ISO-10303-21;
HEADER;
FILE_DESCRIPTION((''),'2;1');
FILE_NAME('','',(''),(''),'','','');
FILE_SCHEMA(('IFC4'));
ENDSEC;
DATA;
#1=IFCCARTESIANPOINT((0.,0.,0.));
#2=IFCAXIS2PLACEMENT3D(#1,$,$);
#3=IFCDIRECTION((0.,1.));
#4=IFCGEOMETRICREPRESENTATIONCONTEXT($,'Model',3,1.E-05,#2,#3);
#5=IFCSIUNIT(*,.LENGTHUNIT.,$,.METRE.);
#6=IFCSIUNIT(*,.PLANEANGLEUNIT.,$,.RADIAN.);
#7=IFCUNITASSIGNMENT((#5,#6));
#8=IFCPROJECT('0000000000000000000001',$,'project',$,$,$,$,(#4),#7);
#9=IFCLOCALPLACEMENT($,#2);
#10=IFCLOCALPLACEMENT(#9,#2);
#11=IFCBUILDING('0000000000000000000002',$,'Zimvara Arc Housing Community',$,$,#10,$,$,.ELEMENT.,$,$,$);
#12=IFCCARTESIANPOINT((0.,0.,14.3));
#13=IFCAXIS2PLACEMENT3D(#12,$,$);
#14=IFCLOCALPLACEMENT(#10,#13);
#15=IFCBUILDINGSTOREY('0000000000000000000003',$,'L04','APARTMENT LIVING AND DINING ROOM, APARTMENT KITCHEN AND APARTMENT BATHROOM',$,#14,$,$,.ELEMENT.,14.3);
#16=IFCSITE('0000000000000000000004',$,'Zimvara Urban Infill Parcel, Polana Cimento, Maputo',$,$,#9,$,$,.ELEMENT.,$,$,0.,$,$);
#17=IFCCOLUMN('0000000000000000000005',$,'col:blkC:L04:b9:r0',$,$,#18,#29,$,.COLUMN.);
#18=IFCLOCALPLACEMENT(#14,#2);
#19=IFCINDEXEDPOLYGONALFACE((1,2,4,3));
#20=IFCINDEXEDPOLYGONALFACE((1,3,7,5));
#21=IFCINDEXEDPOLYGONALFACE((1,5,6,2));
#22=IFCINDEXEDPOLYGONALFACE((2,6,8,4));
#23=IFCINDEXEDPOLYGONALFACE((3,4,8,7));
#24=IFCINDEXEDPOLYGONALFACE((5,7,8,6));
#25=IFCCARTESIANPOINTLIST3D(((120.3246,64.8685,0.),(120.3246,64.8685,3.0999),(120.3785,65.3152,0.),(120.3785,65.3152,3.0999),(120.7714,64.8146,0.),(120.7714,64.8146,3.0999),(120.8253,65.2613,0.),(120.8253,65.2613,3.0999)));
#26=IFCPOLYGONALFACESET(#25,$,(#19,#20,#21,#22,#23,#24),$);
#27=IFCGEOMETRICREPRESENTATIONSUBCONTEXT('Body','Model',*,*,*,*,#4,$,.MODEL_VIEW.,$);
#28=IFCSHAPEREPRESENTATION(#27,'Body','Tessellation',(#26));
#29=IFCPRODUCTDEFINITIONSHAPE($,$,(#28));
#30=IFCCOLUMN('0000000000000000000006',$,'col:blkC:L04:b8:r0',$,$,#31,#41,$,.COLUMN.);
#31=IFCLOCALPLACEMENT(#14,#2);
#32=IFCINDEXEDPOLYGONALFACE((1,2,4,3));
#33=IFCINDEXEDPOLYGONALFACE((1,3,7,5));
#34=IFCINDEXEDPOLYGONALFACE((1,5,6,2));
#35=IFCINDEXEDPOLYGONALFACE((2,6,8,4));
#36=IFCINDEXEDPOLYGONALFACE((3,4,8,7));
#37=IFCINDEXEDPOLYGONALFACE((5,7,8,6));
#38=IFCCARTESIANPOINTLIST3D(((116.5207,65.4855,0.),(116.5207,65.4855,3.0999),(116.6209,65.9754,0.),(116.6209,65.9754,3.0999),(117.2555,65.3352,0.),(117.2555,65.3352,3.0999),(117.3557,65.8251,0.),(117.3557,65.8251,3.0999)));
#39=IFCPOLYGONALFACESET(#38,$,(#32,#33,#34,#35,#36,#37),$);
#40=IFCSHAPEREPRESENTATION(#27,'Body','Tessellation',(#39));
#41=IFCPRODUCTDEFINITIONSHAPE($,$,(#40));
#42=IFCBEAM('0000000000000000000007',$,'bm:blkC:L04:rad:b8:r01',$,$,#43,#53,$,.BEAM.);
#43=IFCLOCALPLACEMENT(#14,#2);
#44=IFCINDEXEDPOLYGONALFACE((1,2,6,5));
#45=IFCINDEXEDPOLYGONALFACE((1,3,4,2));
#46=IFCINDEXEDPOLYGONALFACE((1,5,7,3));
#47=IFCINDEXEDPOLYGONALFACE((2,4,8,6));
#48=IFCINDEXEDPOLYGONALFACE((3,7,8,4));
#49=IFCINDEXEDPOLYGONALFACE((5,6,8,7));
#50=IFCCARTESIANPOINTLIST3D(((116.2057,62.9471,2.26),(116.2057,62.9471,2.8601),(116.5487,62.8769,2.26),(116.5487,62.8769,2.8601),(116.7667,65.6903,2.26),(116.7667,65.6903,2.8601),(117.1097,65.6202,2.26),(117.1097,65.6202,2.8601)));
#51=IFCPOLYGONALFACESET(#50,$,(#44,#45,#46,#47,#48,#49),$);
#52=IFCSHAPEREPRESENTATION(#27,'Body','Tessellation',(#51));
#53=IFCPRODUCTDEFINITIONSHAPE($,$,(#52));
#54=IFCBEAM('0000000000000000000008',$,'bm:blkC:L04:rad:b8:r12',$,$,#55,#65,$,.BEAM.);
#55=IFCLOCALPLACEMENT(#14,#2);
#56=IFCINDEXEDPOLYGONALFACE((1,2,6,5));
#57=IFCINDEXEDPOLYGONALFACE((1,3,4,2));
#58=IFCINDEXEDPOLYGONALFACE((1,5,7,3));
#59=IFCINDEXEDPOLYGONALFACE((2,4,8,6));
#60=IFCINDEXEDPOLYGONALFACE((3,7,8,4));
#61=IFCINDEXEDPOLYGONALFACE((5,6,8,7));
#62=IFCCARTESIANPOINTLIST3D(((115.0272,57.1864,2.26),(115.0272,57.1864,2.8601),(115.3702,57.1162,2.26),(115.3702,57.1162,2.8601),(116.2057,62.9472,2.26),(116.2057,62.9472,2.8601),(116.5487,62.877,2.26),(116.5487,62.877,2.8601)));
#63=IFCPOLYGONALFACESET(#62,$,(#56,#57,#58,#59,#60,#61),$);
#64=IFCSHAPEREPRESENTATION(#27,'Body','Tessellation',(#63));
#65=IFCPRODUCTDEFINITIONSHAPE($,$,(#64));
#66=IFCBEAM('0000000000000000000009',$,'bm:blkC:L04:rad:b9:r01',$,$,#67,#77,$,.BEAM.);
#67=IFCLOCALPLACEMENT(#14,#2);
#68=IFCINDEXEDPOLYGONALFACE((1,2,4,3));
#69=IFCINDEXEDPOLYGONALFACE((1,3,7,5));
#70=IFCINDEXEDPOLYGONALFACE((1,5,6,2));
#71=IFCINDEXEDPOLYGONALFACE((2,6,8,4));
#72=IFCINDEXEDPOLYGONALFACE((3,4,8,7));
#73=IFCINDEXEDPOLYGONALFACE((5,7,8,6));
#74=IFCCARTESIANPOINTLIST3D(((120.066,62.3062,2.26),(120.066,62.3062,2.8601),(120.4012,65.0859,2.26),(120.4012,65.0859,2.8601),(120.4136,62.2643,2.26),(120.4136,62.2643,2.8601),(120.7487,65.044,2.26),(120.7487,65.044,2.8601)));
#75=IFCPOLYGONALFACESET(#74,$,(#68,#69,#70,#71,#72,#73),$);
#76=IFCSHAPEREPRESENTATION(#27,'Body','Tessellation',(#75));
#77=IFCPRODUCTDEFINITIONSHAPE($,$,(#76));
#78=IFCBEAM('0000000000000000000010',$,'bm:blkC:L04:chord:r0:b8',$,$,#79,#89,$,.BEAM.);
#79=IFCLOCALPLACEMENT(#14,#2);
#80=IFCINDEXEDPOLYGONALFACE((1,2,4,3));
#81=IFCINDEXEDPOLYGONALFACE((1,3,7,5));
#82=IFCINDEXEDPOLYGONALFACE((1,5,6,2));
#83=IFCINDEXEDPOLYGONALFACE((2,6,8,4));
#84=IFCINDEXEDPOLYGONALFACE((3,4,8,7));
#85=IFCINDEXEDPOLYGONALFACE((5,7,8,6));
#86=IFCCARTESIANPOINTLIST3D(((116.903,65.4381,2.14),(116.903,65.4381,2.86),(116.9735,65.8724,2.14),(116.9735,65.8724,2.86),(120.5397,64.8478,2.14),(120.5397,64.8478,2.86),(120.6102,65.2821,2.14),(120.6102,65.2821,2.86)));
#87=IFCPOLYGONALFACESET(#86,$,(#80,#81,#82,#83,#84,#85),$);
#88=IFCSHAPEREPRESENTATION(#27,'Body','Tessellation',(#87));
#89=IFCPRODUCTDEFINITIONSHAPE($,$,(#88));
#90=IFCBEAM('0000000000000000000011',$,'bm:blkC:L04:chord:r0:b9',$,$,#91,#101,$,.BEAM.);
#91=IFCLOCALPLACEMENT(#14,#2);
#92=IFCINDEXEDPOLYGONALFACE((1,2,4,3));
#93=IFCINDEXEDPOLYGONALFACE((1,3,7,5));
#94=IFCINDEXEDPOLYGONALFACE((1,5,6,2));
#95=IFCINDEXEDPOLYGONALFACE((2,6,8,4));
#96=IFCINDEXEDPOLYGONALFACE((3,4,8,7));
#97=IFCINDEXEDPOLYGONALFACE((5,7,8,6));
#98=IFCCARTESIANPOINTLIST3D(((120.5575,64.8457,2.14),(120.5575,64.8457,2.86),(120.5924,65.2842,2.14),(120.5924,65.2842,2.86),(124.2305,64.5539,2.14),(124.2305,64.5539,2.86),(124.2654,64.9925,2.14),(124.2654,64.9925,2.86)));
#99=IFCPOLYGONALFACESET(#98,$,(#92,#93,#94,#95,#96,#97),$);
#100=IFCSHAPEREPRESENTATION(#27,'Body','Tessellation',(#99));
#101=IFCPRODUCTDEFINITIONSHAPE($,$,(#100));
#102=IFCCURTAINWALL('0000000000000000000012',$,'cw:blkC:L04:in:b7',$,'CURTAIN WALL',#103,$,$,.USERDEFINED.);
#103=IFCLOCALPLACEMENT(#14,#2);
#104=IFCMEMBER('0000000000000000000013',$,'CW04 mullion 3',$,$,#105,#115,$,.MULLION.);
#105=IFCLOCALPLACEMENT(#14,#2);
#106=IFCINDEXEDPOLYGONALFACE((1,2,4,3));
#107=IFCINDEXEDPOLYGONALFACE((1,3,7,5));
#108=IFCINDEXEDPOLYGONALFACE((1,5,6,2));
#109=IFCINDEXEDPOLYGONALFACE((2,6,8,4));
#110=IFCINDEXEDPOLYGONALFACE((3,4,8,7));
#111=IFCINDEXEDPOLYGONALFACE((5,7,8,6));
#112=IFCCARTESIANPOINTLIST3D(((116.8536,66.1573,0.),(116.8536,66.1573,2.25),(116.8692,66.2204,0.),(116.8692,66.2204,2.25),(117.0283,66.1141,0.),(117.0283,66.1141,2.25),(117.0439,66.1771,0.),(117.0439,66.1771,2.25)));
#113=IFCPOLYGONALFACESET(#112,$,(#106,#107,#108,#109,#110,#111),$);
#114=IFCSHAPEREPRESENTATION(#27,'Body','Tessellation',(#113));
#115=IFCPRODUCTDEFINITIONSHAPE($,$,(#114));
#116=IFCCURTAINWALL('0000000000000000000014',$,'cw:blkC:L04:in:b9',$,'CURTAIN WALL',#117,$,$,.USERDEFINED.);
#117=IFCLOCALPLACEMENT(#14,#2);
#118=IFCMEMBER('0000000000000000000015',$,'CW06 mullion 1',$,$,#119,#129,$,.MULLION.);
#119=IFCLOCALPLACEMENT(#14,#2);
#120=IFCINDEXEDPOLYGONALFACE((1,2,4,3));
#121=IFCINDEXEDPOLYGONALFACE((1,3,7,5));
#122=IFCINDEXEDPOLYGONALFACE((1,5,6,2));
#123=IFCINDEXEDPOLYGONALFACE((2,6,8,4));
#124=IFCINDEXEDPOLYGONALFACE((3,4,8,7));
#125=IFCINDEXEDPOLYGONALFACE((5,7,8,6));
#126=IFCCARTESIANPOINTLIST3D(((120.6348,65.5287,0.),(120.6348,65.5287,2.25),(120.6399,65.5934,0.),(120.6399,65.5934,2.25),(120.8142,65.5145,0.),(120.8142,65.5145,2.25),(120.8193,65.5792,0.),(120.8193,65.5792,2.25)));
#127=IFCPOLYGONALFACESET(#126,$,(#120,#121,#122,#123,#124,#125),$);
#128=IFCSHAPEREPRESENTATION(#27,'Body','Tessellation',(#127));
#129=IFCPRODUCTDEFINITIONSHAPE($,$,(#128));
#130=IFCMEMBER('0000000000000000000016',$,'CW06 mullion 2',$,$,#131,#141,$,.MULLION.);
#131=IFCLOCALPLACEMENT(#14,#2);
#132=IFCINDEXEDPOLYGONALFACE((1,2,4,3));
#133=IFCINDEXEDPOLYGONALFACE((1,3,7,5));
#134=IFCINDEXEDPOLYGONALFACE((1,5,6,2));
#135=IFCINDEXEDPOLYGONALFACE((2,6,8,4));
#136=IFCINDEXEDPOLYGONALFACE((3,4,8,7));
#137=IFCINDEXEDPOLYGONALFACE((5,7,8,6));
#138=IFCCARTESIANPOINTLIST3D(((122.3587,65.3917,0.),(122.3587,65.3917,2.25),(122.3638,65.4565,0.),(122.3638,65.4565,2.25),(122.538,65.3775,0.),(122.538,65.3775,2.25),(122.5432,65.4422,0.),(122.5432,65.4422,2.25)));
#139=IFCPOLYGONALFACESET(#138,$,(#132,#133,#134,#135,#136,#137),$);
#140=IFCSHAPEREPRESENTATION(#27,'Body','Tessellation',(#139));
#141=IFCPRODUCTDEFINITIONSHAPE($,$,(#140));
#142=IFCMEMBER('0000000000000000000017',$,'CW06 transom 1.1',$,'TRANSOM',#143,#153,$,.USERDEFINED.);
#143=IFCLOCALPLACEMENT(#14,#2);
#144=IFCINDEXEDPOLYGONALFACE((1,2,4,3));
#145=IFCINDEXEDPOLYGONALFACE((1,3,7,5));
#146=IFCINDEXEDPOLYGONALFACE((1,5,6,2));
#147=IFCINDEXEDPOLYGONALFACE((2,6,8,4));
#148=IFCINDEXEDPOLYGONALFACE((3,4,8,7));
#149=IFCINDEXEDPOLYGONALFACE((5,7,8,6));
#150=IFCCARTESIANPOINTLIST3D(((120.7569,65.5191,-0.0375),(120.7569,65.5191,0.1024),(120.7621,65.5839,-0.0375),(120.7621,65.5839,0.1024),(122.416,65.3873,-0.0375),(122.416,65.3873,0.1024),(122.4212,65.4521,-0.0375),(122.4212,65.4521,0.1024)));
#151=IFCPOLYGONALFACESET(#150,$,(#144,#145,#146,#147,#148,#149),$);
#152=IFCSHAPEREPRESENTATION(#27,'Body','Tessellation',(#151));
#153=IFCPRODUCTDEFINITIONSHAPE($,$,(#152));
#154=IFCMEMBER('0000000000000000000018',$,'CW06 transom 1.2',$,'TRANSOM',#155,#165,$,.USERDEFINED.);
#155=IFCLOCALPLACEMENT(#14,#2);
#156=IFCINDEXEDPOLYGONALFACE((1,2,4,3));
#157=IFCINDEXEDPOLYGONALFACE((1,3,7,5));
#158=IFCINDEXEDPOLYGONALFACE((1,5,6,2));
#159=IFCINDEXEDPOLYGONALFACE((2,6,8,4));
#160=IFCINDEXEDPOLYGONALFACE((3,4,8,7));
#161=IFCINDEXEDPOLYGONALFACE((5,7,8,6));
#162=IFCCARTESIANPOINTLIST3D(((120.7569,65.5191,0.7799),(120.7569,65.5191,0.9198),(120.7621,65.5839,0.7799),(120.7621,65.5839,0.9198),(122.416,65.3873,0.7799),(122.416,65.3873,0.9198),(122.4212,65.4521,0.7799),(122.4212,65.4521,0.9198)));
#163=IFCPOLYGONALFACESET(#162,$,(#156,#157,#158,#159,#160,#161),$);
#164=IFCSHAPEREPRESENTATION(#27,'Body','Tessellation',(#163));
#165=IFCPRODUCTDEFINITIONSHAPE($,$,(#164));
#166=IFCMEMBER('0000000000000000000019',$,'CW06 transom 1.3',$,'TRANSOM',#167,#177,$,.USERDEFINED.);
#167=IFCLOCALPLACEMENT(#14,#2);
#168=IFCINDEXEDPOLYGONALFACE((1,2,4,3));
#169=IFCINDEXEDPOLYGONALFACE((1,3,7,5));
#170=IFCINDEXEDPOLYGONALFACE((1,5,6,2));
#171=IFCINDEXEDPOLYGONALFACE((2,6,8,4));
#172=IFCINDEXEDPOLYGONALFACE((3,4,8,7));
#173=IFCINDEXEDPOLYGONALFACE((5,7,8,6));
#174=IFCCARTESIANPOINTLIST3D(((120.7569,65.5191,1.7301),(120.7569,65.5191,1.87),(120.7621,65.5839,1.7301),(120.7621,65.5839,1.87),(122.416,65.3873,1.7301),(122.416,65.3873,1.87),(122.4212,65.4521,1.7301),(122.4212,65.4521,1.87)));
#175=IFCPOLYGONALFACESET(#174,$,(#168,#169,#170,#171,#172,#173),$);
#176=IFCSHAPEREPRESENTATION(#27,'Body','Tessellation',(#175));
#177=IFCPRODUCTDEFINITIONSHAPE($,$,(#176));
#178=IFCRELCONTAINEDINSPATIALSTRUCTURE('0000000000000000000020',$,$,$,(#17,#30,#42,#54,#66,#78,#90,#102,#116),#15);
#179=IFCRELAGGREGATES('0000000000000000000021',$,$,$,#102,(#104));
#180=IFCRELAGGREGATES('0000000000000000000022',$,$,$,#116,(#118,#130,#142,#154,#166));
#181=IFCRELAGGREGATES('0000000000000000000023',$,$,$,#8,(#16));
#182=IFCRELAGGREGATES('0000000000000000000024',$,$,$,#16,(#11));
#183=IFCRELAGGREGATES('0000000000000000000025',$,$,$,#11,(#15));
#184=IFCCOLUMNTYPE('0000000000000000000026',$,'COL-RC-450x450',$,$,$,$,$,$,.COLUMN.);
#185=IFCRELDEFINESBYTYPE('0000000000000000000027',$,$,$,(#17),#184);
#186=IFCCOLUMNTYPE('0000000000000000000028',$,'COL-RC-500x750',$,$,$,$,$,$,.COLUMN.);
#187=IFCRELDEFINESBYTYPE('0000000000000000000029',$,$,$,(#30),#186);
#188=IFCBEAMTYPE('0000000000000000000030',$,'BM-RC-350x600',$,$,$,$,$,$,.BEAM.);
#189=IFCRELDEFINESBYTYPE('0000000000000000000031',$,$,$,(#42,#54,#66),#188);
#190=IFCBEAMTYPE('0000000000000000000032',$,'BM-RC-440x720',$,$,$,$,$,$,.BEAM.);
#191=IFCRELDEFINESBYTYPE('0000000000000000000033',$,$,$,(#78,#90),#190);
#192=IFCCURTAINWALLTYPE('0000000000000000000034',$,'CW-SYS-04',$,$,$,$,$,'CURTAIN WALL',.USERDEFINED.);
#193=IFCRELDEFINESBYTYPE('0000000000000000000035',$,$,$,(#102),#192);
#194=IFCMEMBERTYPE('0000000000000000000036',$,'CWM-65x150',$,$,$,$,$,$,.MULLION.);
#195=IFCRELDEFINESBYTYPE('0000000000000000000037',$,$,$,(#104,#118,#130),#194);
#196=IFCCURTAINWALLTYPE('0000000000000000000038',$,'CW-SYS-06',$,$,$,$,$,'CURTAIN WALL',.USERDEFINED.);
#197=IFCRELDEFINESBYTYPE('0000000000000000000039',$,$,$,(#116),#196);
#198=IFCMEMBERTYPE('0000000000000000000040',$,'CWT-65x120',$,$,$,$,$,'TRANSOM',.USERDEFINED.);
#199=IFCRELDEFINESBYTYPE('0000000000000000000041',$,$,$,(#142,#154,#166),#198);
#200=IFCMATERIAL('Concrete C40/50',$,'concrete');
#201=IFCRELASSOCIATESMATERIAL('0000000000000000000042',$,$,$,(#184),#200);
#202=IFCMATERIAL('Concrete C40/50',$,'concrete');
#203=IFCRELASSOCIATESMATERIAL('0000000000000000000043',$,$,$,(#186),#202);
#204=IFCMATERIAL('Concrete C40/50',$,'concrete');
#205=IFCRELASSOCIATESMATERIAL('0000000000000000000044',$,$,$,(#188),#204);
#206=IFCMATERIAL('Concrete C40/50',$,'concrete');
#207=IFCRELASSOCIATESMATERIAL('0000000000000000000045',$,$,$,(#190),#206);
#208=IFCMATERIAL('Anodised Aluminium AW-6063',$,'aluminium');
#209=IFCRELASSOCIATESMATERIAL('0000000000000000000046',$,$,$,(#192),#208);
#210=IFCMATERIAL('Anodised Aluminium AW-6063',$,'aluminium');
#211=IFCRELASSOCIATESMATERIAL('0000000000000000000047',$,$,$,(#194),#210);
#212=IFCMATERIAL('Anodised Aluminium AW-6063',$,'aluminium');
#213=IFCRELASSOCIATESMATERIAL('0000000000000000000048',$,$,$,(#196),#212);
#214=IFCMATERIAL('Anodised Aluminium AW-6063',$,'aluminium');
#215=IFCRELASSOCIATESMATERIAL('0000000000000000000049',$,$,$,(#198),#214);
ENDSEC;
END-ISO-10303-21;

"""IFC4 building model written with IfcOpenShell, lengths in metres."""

from ifc_helpers import new_model, si_unit, direction, frame, origin, origin_2d, place, context, subcontext, project, spatial, rectangle, extrude, material, material_profile, profile_set, type_object, element, aggregate, save


model = new_model("IFC4")

# Units and contexts
model_context = context("Model", 3, precision=1e-05, world=origin(), true_north=direction((0.0, 1.0)))
body_context = subcontext(model_context, "Body", "Model", "MODEL_VIEW")
ifc_project = project(units=[si_unit("LENGTHUNIT", "METRE"), si_unit("PLANEANGLEUNIT", "RADIAN")], contexts=[model_context])

# Site, building, storey
site_placement = place(None, origin())
site = spatial("IfcSite", under=ifc_project, at=site_placement, Name="Zimvara Urban Infill Parcel, Polana Cimento, Maputo", CompositionType="ELEMENT", RefElevation=0.0)
building_placement = place(site_placement, origin())
building = spatial("IfcBuilding", under=site, at=building_placement, Name="Zimvara Arc Housing Community", CompositionType="ELEMENT")
storey_placement = place(building_placement, frame((0.0, 0.0, 14.3)))
storey = spatial("IfcBuildingStorey", under=building, at=storey_placement, Name="L04", Description="APARTMENT LIVING AND DINING ROOM, APARTMENT KITCHEN AND APARTMENT BATHROOM", CompositionType="ELEMENT", Elevation=14.3)

# Columns
ifc_material_1 = material(Name="Concrete C40/50", Category="concrete")
ifc_material_profile_1 = material_profile(ifc_material_1, rectangle(XDim=0.45, YDim=0.45, at=origin_2d()), Name="RC 450x450")
ifc_profile_set_1 = profile_set([ifc_material_profile_1], Name="Concrete C40/50")
column_type_1 = type_object("IfcColumnType", Name="COL-RC-450x450", PredefinedType="COLUMN", material=ifc_profile_set_1)
column_1_placement = place(storey_placement, frame((120.575, 65.0649, 0.0), z_axis=(0.0, 0.0, 1.0), x_axis=(-0.11979, -0.992799, 0.0)))
element("IfcColumn", 1, at=column_1_placement, inside=storey, type_object=column_type_1, Name="col:blkC:L04:b9:r0", PredefinedType="COLUMN", context=body_context, shape_type="SweptSolid", body=[
    extrude(rectangle(XDim=0.45, YDim=0.45, at=origin_2d()), origin(), (0.0, 0.0, 1.0), 3.0999),
])
ifc_material_2 = material(Name="Concrete C40/50", Category="concrete")
ifc_material_profile_2 = material_profile(ifc_material_2, rectangle(XDim=0.5, YDim=0.75, at=origin_2d()), Name="RC 500x750")
ifc_profile_set_2 = profile_set([ifc_material_profile_2], Name="Concrete C40/50")
column_type_2 = type_object("IfcColumnType", Name="COL-RC-500x750", PredefinedType="COLUMN", material=ifc_profile_set_2)
column_2_placement = place(storey_placement, frame((116.9382, 65.6553, 0.0), z_axis=(0.0, 0.0, 1.0), x_axis=(-0.200394, -0.979715, 0.0)))
element("IfcColumn", 2, at=column_2_placement, inside=storey, type_object=column_type_2, Name="col:blkC:L04:b8:r0", PredefinedType="COLUMN", context=body_context, shape_type="SweptSolid", body=[
    extrude(rectangle(XDim=0.5, YDim=0.75, at=origin_2d()), origin(), (0.0, 0.0, 1.0), 3.0999),
])

# Beams
ifc_material_3 = material(Name="Concrete C40/50", Category="concrete")
ifc_material_profile_3 = material_profile(ifc_material_3, rectangle(XDim=0.3501, YDim=0.6001, at=origin_2d()), Name="RC 350x600")
ifc_profile_set_3 = profile_set([ifc_material_profile_3], Name="Concrete C40/50")
beam_type_1 = type_object("IfcBeamType", Name="BM-RC-350x600", PredefinedType="BEAM", material=ifc_profile_set_3)
beam_1_placement = place(storey_placement, frame((116.9382, 65.6553, 2.5601), z_axis=(-0.200373, -0.97972, 0.0), x_axis=(0.97972, -0.200373, 0.0)))
element("IfcBeam", 3, at=beam_1_placement, inside=storey, type_object=beam_type_1, Name="bm:blkC:L04:rad:b8:r01", PredefinedType="BEAM", context=body_context, shape_type="SweptSolid", body=[
    extrude(rectangle(XDim=0.3501, YDim=0.6001, at=origin_2d()), origin(), (0.0, 0.0, 1.0), 2.8),
])
beam_2_placement = place(storey_placement, frame((116.3772, 62.9121, 2.5601), z_axis=(-0.200418, -0.97971, 0.0), x_axis=(0.97971, -0.200418, 0.0)))
element("IfcBeam", 4, at=beam_2_placement, inside=storey, type_object=beam_type_1, Name="bm:blkC:L04:rad:b8:r12", PredefinedType="BEAM", context=body_context, shape_type="SweptSolid", body=[
    extrude(rectangle(XDim=0.3501, YDim=0.6001, at=origin_2d()), origin(), (0.0, 0.0, 1.0), 5.8801),
])
beam_3_placement = place(storey_placement, frame((120.575, 65.0649, 2.5601), z_axis=(-0.119719, -0.992808, 0.0), x_axis=(0.992808, -0.119719, 0.0)))
element("IfcBeam", 5, at=beam_3_placement, inside=storey, type_object=beam_type_1, Name="bm:blkC:L04:rad:b9:r01", PredefinedType="BEAM", context=body_context, shape_type="SweptSolid", body=[
    extrude(rectangle(XDim=0.3501, YDim=0.6001, at=origin_2d()), origin(), (0.0, 0.0, 1.0), 2.7998),
])
ifc_material_4 = material(Name="Concrete C40/50", Category="concrete")
ifc_material_profile_4 = material_profile(ifc_material_4, rectangle(XDim=0.4399, YDim=0.72, at=origin_2d()), Name="RC 440x720")
ifc_profile_set_4 = profile_set([ifc_material_profile_4], Name="Concrete C40/50")
beam_type_2 = type_object("IfcBeamType", Name="BM-RC-440x720", PredefinedType="BEAM", material=ifc_profile_set_4)
beam_4_placement = place(storey_placement, frame((116.9382, 65.6553, 2.5), z_axis=(0.98708, -0.160228, 0.0), x_axis=(0.160228, 0.98708, 0.0)))
element("IfcBeam", 6, at=beam_4_placement, inside=storey, type_object=beam_type_2, Name="bm:blkC:L04:chord:r0:b8", PredefinedType="BEAM", context=body_context, shape_type="SweptSolid", body=[
    extrude(rectangle(XDim=0.4399, YDim=0.72, at=origin_2d()), origin(), (0.0, 0.0, 1.0), 3.6843),
])
beam_5_placement = place(storey_placement, frame((120.575, 65.0649, 2.5), z_axis=(0.99686, -0.079179, 0.0), x_axis=(0.079179, 0.99686, 0.0)))
element("IfcBeam", 7, at=beam_5_placement, inside=storey, type_object=beam_type_2, Name="bm:blkC:L04:chord:r0:b9", PredefinedType="BEAM", context=body_context, shape_type="SweptSolid", body=[
    extrude(rectangle(XDim=0.4399, YDim=0.72, at=origin_2d()), origin(), (0.0, 0.0, 1.0), 3.6846),
])

# Curtain wall, member
ifc_material_5 = material(Name="Anodised Aluminium AW-6063", Category="aluminium")
curtain_wall_type_1 = type_object("IfcCurtainWallType", Name="CW-SYS-04", ElementType="CURTAIN WALL", PredefinedType="USERDEFINED", material=ifc_material_5)
curtain_wall_1_placement = place(storey_placement, origin())
curtain_wall_1 = element("IfcCurtainWall", 8, at=curtain_wall_1_placement, inside=storey, type_object=curtain_wall_type_1, Name="cw:blkC:L04:in:b7", ObjectType="CURTAIN WALL", PredefinedType="USERDEFINED")
ifc_material_6 = material(Name="Anodised Aluminium AW-6063", Category="aluminium")
ifc_material_profile_5 = material_profile(ifc_material_6, rectangle(XDim=0.0649, YDim=0.1799, at=origin_2d()), Name="ALU 65x180")
ifc_profile_set_5 = profile_set([ifc_material_profile_5], Name="Anodised Aluminium AW-6063")
member_type_1 = type_object("IfcMemberType", Name="CWM-65x150", PredefinedType="MULLION", material=ifc_profile_set_5)
member_1_placement = place(storey_placement, frame((116.9487, 66.1672, 0.0), z_axis=(0.0, 0.0, 1.0), x_axis=(0.240228, 0.970717, 0.0)))
member_1 = element("IfcMember", 9, at=member_1_placement, type_object=member_type_1, Name="CW04 mullion 3", PredefinedType="MULLION", context=body_context, shape_type="SweptSolid", body=[
    extrude(rectangle(XDim=0.0649, YDim=0.1799, at=origin_2d()), origin(), (0.0, 0.0, 1.0), 2.25),
])

# Curtain wall, members
ifc_material_7 = material(Name="Anodised Aluminium AW-6063", Category="aluminium")
curtain_wall_type_2 = type_object("IfcCurtainWallType", Name="CW-SYS-06", ElementType="CURTAIN WALL", PredefinedType="USERDEFINED", material=ifc_material_7)
curtain_wall_2_placement = place(storey_placement, origin())
curtain_wall_2 = element("IfcCurtainWall", 10, at=curtain_wall_2_placement, inside=storey, type_object=curtain_wall_type_2, Name="cw:blkC:L04:in:b9", ObjectType="CURTAIN WALL", PredefinedType="USERDEFINED")
member_2_placement = place(storey_placement, frame((120.7271, 65.554, 0.0), z_axis=(0.0, 0.0, 1.0), x_axis=(0.079155, 0.996862, 0.0)))
member_2 = element("IfcMember", 11, at=member_2_placement, type_object=member_type_1, Name="CW06 mullion 1", PredefinedType="MULLION", context=body_context, shape_type="SweptSolid", body=[
    extrude(rectangle(XDim=0.0649, YDim=0.1799, at=origin_2d()), origin(), (0.0, 0.0, 1.0), 2.25),
])
member_3_placement = place(storey_placement, frame((122.4509, 65.417, 0.0), z_axis=(0.0, 0.0, 1.0), x_axis=(0.079155, 0.996862, 0.0)))
member_3 = element("IfcMember", 12, at=member_3_placement, type_object=member_type_1, Name="CW06 mullion 2", PredefinedType="MULLION", context=body_context, shape_type="SweptSolid", body=[
    extrude(rectangle(XDim=0.0649, YDim=0.1799, at=origin_2d()), origin(), (0.0, 0.0, 1.0), 2.25),
])
ifc_material_8 = material(Name="Anodised Aluminium AW-6063", Category="aluminium")
ifc_material_profile_6 = material_profile(ifc_material_8, rectangle(XDim=0.0649, YDim=0.1399, at=origin_2d()), Name="ALU 65x140")
ifc_profile_set_6 = profile_set([ifc_material_profile_6], Name="Anodised Aluminium AW-6063")
member_type_2 = type_object("IfcMemberType", Name="CWT-65x120", ElementType="TRANSOM", PredefinedType="USERDEFINED", material=ifc_profile_set_6)
member_4_placement = place(storey_placement, frame((120.7595, 65.5515, 0.0325), z_axis=(0.996858, -0.079209, 0.0), x_axis=(0.079209, 0.996858, 0.0)))
member_4 = element("IfcMember", 13, at=member_4_placement, type_object=member_type_2, Name="CW06 transom 1.1", ObjectType="TRANSOM", PredefinedType="USERDEFINED", context=body_context, shape_type="SweptSolid", body=[
    extrude(rectangle(XDim=0.0649, YDim=0.1399, at=origin_2d()), origin(), (0.0, 0.0, 1.0), 1.6643),
])
member_5_placement = place(storey_placement, frame((120.7595, 65.5515, 0.8499), z_axis=(0.996858, -0.079209, 0.0), x_axis=(0.079209, 0.996858, 0.0)))
member_5 = element("IfcMember", 14, at=member_5_placement, type_object=member_type_2, Name="CW06 transom 1.2", ObjectType="TRANSOM", PredefinedType="USERDEFINED", context=body_context, shape_type="SweptSolid", body=[
    extrude(rectangle(XDim=0.0649, YDim=0.1399, at=origin_2d()), origin(), (0.0, 0.0, 1.0), 1.6643),
])
member_6_placement = place(storey_placement, frame((120.7595, 65.5515, 1.8), z_axis=(0.996858, -0.079209, 0.0), x_axis=(0.079209, 0.996858, 0.0)))
member_6 = element("IfcMember", 15, at=member_6_placement, type_object=member_type_2, Name="CW06 transom 1.3", ObjectType="TRANSOM", PredefinedType="USERDEFINED", context=body_context, shape_type="SweptSolid", body=[
    extrude(rectangle(XDim=0.0649, YDim=0.1399, at=origin_2d()), origin(), (0.0, 0.0, 1.0), 1.6643),
])

aggregate(curtain_wall_1, [member_1])
aggregate(curtain_wall_2, [member_2, member_3, member_4, member_5, member_6])

save(model, "model.ifc")
